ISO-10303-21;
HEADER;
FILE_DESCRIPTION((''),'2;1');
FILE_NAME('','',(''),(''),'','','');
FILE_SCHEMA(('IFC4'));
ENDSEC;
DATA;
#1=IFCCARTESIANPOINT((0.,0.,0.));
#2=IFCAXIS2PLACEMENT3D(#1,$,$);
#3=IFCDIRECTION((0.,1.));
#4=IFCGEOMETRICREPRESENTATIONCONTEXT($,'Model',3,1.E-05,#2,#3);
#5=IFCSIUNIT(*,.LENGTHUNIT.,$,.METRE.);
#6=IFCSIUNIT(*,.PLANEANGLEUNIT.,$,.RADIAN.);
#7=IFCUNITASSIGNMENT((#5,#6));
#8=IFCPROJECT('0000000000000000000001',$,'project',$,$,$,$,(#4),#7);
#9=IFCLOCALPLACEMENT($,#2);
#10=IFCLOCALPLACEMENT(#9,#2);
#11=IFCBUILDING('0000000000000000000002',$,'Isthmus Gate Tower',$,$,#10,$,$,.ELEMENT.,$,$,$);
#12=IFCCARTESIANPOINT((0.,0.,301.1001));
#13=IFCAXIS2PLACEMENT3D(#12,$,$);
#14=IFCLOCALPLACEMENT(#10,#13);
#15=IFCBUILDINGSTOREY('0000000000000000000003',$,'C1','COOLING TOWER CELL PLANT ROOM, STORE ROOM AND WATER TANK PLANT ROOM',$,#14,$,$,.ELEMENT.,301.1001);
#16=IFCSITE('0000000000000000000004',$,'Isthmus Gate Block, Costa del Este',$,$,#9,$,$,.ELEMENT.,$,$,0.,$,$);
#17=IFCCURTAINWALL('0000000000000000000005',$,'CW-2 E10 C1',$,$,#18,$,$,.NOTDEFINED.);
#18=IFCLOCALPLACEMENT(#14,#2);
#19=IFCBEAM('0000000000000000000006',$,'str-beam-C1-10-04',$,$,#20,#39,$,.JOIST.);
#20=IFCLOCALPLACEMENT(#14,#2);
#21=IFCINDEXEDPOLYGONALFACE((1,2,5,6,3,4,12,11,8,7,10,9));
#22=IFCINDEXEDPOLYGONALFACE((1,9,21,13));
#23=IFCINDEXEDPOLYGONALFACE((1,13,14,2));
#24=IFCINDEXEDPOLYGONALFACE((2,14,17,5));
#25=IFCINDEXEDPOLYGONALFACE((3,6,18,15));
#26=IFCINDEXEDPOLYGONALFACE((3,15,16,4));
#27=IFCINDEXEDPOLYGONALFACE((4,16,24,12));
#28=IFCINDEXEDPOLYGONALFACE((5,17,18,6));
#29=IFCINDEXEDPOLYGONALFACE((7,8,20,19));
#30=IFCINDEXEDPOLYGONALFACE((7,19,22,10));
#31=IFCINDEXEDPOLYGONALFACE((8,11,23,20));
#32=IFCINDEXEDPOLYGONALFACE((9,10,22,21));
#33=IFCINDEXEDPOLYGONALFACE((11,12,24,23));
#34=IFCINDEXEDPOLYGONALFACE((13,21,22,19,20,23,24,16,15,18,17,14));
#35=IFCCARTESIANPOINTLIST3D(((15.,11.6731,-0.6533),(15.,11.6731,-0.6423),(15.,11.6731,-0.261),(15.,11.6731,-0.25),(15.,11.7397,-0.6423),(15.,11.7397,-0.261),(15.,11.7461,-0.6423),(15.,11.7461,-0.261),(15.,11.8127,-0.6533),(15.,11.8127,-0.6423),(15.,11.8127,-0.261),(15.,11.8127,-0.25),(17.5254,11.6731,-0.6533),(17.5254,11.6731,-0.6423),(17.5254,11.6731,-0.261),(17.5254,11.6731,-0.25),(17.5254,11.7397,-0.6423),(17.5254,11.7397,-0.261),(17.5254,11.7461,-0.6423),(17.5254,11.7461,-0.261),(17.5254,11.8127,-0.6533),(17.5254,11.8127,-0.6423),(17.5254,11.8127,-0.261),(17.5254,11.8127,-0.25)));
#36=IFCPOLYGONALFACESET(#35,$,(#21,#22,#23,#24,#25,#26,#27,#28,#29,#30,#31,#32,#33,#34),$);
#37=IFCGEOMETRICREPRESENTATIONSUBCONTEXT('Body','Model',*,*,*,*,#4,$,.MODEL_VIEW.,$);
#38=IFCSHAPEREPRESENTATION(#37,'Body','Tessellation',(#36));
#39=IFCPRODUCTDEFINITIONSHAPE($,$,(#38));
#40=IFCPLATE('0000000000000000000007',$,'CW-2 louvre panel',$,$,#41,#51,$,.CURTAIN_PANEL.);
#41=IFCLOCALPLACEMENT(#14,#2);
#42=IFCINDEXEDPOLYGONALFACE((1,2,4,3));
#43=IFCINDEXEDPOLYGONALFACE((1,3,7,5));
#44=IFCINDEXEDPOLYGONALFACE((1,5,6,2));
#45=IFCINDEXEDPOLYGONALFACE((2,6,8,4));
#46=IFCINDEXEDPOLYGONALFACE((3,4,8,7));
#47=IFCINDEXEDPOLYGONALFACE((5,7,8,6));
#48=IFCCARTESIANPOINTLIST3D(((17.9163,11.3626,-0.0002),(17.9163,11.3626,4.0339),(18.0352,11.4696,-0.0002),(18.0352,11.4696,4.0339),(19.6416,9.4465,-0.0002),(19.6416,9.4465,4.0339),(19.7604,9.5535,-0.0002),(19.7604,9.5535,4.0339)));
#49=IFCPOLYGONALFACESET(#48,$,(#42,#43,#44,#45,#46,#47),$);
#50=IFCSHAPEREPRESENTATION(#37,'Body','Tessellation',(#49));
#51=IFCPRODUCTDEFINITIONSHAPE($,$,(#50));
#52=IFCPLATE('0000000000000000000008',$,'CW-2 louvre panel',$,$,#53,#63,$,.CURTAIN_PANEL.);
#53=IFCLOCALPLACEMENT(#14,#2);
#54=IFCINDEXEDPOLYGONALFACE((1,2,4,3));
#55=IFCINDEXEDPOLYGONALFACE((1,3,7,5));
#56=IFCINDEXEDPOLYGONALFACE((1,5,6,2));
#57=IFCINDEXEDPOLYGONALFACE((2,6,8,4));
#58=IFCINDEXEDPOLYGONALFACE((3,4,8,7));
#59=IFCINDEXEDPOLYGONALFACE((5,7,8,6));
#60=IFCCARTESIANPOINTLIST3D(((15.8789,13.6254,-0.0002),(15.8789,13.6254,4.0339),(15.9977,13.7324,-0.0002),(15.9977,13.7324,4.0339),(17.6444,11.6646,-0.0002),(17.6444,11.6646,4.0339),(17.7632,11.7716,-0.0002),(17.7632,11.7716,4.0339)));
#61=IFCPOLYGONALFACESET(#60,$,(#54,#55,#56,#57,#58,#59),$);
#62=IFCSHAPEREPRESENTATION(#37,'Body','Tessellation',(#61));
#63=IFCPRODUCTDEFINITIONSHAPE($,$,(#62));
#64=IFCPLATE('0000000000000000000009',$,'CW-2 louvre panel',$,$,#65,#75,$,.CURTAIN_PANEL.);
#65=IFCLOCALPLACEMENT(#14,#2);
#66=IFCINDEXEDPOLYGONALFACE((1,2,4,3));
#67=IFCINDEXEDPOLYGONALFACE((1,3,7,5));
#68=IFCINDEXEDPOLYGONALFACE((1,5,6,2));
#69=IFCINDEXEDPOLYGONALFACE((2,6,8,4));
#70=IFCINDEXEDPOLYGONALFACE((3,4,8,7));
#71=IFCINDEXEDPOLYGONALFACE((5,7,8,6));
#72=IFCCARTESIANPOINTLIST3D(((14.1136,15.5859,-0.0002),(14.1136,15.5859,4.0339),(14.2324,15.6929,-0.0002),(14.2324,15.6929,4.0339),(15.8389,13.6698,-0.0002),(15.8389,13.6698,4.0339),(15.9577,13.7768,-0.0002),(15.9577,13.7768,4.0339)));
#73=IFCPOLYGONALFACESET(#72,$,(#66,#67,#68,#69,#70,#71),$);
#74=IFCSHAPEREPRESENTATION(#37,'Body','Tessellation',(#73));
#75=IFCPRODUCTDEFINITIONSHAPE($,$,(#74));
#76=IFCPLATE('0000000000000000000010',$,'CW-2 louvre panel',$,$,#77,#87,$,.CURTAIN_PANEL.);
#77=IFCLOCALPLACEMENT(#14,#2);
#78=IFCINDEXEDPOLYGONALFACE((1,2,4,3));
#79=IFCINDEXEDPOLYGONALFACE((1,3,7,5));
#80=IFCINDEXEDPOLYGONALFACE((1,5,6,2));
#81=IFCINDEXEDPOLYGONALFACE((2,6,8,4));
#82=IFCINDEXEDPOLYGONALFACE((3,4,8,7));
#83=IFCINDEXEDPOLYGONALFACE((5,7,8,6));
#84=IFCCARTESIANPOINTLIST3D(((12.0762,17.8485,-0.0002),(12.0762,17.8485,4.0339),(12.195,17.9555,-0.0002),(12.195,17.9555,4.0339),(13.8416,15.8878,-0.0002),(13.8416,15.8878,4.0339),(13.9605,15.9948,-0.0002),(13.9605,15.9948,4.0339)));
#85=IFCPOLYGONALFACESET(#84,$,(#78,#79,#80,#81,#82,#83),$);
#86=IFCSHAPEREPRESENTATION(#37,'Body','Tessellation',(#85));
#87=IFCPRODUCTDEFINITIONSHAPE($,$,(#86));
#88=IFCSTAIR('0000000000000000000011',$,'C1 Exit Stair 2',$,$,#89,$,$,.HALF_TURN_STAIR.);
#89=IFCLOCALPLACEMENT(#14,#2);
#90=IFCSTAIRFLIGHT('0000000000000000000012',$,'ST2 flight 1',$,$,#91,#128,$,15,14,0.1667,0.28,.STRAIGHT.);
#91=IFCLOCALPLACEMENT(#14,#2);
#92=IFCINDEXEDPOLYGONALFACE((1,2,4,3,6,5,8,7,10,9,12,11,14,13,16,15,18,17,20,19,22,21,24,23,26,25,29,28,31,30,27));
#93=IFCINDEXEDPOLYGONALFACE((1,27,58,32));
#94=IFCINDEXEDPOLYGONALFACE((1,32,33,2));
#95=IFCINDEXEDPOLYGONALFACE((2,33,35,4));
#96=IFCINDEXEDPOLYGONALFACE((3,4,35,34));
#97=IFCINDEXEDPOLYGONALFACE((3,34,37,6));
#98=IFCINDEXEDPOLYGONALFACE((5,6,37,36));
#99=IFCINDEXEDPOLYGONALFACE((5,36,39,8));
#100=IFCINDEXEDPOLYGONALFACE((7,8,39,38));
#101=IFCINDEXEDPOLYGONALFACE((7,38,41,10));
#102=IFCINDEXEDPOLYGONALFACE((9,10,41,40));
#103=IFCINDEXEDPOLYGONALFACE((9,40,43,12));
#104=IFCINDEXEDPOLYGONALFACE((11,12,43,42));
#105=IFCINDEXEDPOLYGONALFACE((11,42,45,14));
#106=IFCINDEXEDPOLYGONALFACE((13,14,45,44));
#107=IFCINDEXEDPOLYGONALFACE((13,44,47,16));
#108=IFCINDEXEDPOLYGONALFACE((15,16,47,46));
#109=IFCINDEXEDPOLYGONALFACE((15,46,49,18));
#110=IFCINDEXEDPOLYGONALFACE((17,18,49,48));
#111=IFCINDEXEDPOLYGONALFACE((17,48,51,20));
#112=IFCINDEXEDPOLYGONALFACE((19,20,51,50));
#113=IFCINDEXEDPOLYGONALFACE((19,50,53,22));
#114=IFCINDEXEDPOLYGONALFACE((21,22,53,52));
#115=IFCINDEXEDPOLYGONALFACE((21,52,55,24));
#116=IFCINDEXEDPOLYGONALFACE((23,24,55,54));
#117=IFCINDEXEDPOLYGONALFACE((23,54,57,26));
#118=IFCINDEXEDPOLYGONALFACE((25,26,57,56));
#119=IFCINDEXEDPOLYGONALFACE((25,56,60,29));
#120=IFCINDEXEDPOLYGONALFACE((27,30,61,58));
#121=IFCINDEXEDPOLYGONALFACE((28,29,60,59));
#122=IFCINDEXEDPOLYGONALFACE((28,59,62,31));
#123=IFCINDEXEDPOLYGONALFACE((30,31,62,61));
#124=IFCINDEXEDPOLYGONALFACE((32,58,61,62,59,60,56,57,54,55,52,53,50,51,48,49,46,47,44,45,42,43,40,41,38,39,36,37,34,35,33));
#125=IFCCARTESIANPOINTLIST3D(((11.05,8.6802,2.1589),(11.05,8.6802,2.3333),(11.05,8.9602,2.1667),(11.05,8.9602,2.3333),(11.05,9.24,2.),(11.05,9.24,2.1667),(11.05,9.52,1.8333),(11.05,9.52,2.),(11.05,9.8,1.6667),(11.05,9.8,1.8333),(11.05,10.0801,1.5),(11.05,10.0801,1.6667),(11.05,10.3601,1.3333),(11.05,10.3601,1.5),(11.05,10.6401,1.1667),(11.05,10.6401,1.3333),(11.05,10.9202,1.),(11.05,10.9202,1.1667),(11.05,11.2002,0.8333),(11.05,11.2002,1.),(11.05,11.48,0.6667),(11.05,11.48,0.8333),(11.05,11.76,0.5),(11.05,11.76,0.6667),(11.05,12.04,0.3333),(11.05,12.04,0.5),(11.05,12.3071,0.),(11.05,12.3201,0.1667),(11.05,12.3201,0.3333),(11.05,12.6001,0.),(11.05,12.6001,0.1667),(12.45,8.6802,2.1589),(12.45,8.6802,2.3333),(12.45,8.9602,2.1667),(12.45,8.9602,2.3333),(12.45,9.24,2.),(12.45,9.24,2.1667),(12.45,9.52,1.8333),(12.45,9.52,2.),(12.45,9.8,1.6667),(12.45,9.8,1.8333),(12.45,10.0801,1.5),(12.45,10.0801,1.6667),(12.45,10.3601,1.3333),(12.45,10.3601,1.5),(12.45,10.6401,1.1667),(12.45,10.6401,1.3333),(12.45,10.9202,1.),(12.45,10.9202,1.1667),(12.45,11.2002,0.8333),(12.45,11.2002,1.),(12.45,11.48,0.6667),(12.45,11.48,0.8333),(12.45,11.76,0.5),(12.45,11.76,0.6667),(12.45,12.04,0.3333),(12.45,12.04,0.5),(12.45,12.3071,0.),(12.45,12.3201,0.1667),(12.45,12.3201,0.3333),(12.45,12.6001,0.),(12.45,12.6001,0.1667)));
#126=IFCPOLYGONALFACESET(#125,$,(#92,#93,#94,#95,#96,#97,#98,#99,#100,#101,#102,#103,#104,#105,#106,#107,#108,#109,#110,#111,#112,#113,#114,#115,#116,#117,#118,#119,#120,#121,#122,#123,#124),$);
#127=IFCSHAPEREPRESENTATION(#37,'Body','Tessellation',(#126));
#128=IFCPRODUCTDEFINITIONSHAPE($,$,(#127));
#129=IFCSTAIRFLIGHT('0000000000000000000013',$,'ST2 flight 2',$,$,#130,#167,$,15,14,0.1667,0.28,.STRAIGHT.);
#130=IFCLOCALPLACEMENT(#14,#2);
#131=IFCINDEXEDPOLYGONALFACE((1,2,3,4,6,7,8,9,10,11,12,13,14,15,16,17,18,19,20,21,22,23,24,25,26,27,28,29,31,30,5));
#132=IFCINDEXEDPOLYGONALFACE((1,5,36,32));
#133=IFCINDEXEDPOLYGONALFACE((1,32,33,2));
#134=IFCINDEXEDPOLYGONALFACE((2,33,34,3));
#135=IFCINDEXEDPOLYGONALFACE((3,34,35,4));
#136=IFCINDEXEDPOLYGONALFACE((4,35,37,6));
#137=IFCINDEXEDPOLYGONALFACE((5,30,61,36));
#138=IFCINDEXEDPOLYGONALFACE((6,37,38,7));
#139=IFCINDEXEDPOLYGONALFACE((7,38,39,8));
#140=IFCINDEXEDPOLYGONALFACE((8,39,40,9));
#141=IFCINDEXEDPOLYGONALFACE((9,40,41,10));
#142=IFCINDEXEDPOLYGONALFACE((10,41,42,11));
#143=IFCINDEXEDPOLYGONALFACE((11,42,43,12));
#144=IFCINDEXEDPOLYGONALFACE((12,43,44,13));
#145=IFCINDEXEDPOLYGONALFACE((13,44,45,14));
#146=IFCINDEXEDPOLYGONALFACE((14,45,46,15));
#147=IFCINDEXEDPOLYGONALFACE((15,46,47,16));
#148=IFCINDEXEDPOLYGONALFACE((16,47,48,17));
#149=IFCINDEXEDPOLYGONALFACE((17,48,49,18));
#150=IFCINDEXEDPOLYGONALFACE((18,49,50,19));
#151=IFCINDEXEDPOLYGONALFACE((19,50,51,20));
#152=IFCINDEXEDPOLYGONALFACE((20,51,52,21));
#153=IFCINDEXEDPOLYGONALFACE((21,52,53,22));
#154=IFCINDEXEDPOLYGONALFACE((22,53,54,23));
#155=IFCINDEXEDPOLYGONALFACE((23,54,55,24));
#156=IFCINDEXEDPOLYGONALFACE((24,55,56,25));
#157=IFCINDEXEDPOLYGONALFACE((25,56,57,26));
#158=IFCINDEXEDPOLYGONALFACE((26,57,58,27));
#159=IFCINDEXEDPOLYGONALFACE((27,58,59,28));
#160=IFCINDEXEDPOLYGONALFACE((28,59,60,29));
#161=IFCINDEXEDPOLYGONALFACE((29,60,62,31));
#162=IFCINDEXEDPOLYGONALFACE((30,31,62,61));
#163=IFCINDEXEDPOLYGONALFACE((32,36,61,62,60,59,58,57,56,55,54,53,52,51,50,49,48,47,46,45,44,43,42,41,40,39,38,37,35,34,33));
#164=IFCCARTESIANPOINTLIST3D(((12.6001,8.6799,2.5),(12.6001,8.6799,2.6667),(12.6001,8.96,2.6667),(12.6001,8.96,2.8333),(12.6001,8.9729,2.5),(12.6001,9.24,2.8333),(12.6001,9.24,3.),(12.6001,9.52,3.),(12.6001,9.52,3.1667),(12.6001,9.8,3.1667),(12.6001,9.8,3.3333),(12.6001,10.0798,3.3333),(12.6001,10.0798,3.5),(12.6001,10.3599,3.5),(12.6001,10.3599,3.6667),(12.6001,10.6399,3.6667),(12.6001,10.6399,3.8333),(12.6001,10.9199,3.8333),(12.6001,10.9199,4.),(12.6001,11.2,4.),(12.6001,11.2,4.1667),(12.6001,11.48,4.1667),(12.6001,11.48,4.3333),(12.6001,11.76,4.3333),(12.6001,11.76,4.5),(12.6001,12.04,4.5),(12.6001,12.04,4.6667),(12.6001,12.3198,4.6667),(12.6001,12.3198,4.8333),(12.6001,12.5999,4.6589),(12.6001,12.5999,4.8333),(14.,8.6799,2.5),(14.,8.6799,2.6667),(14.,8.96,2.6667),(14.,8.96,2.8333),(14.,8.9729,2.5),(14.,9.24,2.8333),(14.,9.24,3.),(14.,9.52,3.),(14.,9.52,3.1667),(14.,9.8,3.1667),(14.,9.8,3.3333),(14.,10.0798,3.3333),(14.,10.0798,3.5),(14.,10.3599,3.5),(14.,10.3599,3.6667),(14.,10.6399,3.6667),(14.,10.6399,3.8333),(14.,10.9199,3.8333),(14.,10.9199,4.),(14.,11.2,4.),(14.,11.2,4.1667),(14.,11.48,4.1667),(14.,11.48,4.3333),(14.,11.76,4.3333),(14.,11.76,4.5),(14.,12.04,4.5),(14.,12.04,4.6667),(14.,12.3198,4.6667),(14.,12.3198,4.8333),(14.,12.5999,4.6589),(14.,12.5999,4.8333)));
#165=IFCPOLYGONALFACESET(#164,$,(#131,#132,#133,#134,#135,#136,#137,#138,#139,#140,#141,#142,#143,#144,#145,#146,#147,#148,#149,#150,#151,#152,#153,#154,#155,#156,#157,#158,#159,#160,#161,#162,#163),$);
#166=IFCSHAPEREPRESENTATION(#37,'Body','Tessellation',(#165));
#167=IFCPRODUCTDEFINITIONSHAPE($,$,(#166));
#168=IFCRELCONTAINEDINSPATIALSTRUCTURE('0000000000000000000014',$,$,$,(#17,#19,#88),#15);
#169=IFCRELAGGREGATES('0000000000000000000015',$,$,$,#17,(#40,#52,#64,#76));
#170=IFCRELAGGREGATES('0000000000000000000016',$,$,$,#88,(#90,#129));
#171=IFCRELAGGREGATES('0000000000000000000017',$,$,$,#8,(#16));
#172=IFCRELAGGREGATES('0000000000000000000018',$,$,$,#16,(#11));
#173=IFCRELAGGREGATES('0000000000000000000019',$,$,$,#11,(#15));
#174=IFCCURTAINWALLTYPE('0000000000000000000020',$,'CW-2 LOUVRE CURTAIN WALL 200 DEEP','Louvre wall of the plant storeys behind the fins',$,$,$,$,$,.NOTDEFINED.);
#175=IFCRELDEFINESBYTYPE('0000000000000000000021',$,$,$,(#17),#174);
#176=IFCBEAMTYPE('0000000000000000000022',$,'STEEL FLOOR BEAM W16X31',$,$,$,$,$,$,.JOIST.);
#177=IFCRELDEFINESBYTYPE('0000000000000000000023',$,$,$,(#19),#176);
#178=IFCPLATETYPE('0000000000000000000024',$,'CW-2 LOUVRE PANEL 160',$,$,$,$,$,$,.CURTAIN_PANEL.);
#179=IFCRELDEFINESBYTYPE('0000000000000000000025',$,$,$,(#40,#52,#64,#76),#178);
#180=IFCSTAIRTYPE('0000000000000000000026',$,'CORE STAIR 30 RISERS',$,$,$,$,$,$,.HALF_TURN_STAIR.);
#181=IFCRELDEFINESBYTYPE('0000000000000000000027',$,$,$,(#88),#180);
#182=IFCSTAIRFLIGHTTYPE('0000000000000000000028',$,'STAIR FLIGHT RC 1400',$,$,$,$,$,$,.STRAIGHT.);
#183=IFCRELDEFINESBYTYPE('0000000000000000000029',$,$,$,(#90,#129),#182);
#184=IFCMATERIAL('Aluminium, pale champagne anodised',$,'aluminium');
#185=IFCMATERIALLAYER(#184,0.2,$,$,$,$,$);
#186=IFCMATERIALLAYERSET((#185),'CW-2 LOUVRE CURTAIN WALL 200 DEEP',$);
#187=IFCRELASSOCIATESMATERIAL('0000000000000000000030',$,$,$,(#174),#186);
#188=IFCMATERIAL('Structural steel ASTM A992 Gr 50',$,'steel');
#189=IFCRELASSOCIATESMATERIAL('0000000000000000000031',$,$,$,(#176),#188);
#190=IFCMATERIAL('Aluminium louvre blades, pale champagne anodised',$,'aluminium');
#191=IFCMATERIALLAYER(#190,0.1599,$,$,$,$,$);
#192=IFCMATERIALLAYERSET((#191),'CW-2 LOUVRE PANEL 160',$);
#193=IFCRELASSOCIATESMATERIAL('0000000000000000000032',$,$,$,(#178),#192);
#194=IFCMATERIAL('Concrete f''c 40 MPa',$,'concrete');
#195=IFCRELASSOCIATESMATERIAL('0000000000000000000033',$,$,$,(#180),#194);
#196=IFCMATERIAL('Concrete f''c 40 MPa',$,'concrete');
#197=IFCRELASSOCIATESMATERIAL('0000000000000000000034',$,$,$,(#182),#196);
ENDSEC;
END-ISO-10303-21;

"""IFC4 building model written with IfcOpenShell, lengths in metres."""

from ifc_helpers import new_model, si_unit, direction, frame, origin, origin_2d, place, context, subcontext, project, spatial, polyline, rectangle, i_section, outline, extrude, material, layer, layer_set, material_profile, profile_set, type_object, element, aggregate, save


model = new_model("IFC4")

# Units and contexts
model_context = context("Model", 3, precision=1e-05, world=origin(), true_north=direction((0.0, 1.0)))
body_context = subcontext(model_context, "Body", "Model", "MODEL_VIEW")
ifc_project = project(units=[si_unit("LENGTHUNIT", "METRE"), si_unit("PLANEANGLEUNIT", "RADIAN")], contexts=[model_context])

# Site, building, storey
site_placement = place(None, origin())
site = spatial("IfcSite", under=ifc_project, at=site_placement, Name="Isthmus Gate Block, Costa del Este", CompositionType="ELEMENT", RefElevation=0.0)
building_placement = place(site_placement, origin())
building = spatial("IfcBuilding", under=site, at=building_placement, Name="Isthmus Gate Tower", CompositionType="ELEMENT")
storey_placement = place(building_placement, frame((0.0, 0.0, 301.1001)))
storey = spatial("IfcBuildingStorey", under=building, at=storey_placement, Name="C1", Description="COOLING TOWER CELL PLANT ROOM, STORE ROOM AND WATER TANK PLANT ROOM", CompositionType="ELEMENT", Elevation=301.1001)

# Curtain wall
ifc_material_1 = material(Name="Aluminium, pale champagne anodised", Category="aluminium")
ifc_layer_1 = layer(ifc_material_1, 0.2)
ifc_layer_set_1 = layer_set([ifc_layer_1], Name="CW-2 LOUVRE CURTAIN WALL 200 DEEP")
curtain_wall_type = type_object("IfcCurtainWallType", Name="CW-2 LOUVRE CURTAIN WALL 200 DEEP", Description="Louvre wall of the plant storeys behind the fins", PredefinedType="NOTDEFINED", material=ifc_layer_set_1)
curtain_wall_placement = place(storey_placement, origin())
curtain_wall = element("IfcCurtainWall", 1, at=curtain_wall_placement, inside=storey, type_object=curtain_wall_type, Name="CW-2 E10 C1", PredefinedType="NOTDEFINED")

# Beam
ifc_material_2 = material(Name="Structural steel ASTM A992 Gr 50", Category="steel")
ifc_material_profile_1 = material_profile(ifc_material_2, i_section(OverallWidth=0.1396, OverallDepth=0.4033, WebThickness=0.0063, FlangeThickness=0.011, at=origin_2d()), Name="W16X31")
ifc_profile_set_1 = profile_set([ifc_material_profile_1], Name="Structural steel ASTM A992 Gr 50")
beam_type_1 = type_object("IfcBeamType", Name="STEEL FLOOR BEAM W16X31", PredefinedType="JOIST", material=ifc_profile_set_1)
beam_1_placement = place(storey_placement, frame((15.0, 11.7429, -0.4517), z_axis=(1.0, 0.0, 0.0), x_axis=(0.0, 1.0, 0.0)))
element("IfcBeam", 2, at=beam_1_placement, inside=storey, type_object=beam_type_1, Name="str-beam-C1-10-04", PredefinedType="JOIST", context=body_context, shape_type="SweptSolid", body=[
    extrude(i_section(OverallWidth=0.1396, OverallDepth=0.4033, WebThickness=0.0063, FlangeThickness=0.011, at=origin_2d()), origin(), (0.0, 0.0, 1.0), 2.5254),
])

# Plates
ifc_material_3 = material(Name="Aluminium louvre blades, pale champagne anodised", Category="aluminium")
ifc_layer_2 = layer(ifc_material_3, 0.1599)
ifc_layer_set_2 = layer_set([ifc_layer_2], Name="CW-2 LOUVRE PANEL 160")
plate_type = type_object("IfcPlateType", Name="CW-2 LOUVRE PANEL 160", PredefinedType="CURTAIN_PANEL", material=ifc_layer_set_2)
plate_1_placement = place(storey_placement, frame((18.8384, 10.458, -0.0002), z_axis=(0.0, 0.0, 1.0), x_axis=(-0.669131, 0.743145, 0.0)))
plate_1 = element("IfcPlate", 3, at=plate_1_placement, type_object=plate_type, Name="CW-2 louvre panel", PredefinedType="CURTAIN_PANEL", context=body_context, shape_type="SweptSolid", body=[
    extrude(rectangle(XDim=2.5784, YDim=0.1599, at=origin_2d()), origin(), (0.0, 0.0, 1.0), 4.0342),
])
plate_2_placement = place(storey_placement, frame((16.821, 12.6985, -0.0002), z_axis=(0.0, 0.0, 1.0), x_axis=(-0.669131, 0.743145, 0.0)))
plate_2 = element("IfcPlate", 4, at=plate_2_placement, type_object=plate_type, Name="CW-2 louvre panel", PredefinedType="CURTAIN_PANEL", context=body_context, shape_type="SweptSolid", body=[
    extrude(rectangle(XDim=2.6384, YDim=0.1599, at=origin_2d()), origin(), (0.0, 0.0, 1.0), 4.0342),
])
plate_3_placement = place(storey_placement, frame((15.0356, 14.6814, -0.0002), z_axis=(0.0, 0.0, 1.0), x_axis=(-0.669131, 0.743145, 0.0)))
plate_3 = element("IfcPlate", 5, at=plate_3_placement, type_object=plate_type, Name="CW-2 louvre panel", PredefinedType="CURTAIN_PANEL", context=body_context, shape_type="SweptSolid", body=[
    extrude(rectangle(XDim=2.5784, YDim=0.1599, at=origin_2d()), origin(), (0.0, 0.0, 1.0), 4.0342),
])
plate_4_placement = place(storey_placement, frame((13.0183, 16.9216, -0.0002), z_axis=(0.0, 0.0, 1.0), x_axis=(-0.669131, 0.743145, 0.0)))
plate_4 = element("IfcPlate", 6, at=plate_4_placement, type_object=plate_type, Name="CW-2 louvre panel", PredefinedType="CURTAIN_PANEL", context=body_context, shape_type="SweptSolid", body=[
    extrude(rectangle(XDim=2.6384, YDim=0.1599, at=origin_2d()), origin(), (0.0, 0.0, 1.0), 4.0342),
])
aggregate(curtain_wall, [plate_1, plate_2, plate_3, plate_4])

# Stair, stair flights
ifc_material_4 = material(Name="Concrete f'c 40 MPa", Category="concrete")
stair_type = type_object("IfcStairType", Name="CORE STAIR 30 RISERS", PredefinedType="HALF_TURN_STAIR", material=ifc_material_4)
stair_placement = place(storey_placement, origin())
stair = element("IfcStair", 7, at=stair_placement, inside=storey, type_object=stair_type, Name="C1 Exit Stair 2", PredefinedType="HALF_TURN_STAIR")
ifc_material_5 = material(Name="Concrete f'c 40 MPa", Category="concrete")
stair_flight_type = type_object("IfcStairFlightType", Name="STAIR FLIGHT RC 1400", PredefinedType="STRAIGHT", material=ifc_material_5)
stair_flight_1_placement = place(storey_placement, frame((11.75, 12.6001, 0.0), z_axis=(0.0, 0.0, 1.0), x_axis=(0.0, -1.0, 0.0)))
stair_flight_1 = element("IfcStairFlight", 8, at=stair_flight_1_placement, type_object=stair_flight_type, Name="ST2 flight 1", NumberOfRisers=15, NumberOfTreads=14, PredefinedType="STRAIGHT", RiserHeight=0.1667, TreadLength=0.28, context=body_context, shape_type="SweptSolid", body=[
    extrude(outline(polyline([(0.0, 0.0), (0.0, 0.1667), (0.28, 0.1667), (0.28, 0.3333), (0.5601, 0.3333), (0.5601, 0.5), (0.8401, 0.5), (0.8401, 0.6667), (1.1201, 0.6667), (1.1201, 0.8333), (1.3999, 0.8333), (1.3999, 1.0), (1.6799, 1.0), (1.6799, 1.1667), (1.96, 1.1667), (1.96, 1.3333), (2.24, 1.3333), (2.24, 1.5), (2.52, 1.5), (2.52, 1.6667), (2.8, 1.6667), (2.8, 1.8333), (3.0801, 1.8333), (3.0801, 2.0), (3.3601, 2.0), (3.3601, 2.1667), (3.6399, 2.1667), (3.6399, 2.3333), (3.9199, 2.3333), (3.9199, 2.5), (3.9199, 2.1589), (0.293, 0.0), (0.0, 0.0)])), frame((0.0, 0.7, 0.0), z_axis=(0.0, -1.0, 0.0), x_axis=(1.0, 0.0, 0.0)), (0.0, 0.0, 1.0), 1.3999),
])
stair_flight_2_placement = place(storey_placement, frame((13.3, 8.6799, 2.5), z_axis=(0.0, 0.0, 1.0), x_axis=(0.0, 1.0, 0.0)))
stair_flight_2 = element("IfcStairFlight", 9, at=stair_flight_2_placement, type_object=stair_flight_type, Name="ST2 flight 2", NumberOfRisers=15, NumberOfTreads=14, PredefinedType="STRAIGHT", RiserHeight=0.1667, TreadLength=0.28, context=body_context, shape_type="SweptSolid", body=[
    extrude(outline(polyline([(0.0, 0.0), (0.0, 0.1667), (0.28, 0.1667), (0.28, 0.3333), (0.5601, 0.3333), (0.5601, 0.5), (0.8401, 0.5), (0.8401, 0.6667), (1.1201, 0.6667), (1.1201, 0.8333), (1.3999, 0.8333), (1.3999, 1.0), (1.6799, 1.0), (1.6799, 1.1667), (1.96, 1.1667), (1.96, 1.3333), (2.24, 1.3333), (2.24, 1.5), (2.52, 1.5), (2.52, 1.6667), (2.8, 1.6667), (2.8, 1.8333), (3.0801, 1.8333), (3.0801, 2.0), (3.3601, 2.0), (3.3601, 2.1667), (3.6399, 2.1667), (3.6399, 2.3333), (3.9199, 2.3333), (3.9199, 2.5), (3.9199, 2.1589), (0.293, 0.0), (0.0, 0.0)])), frame((0.0, 0.7, 0.0), z_axis=(0.0, -1.0, 0.0), x_axis=(1.0, 0.0, 0.0)), (0.0, 0.0, 1.0), 1.3999),
])
aggregate(stair, [stair_flight_1, stair_flight_2])

save(model, "model.ifc")
